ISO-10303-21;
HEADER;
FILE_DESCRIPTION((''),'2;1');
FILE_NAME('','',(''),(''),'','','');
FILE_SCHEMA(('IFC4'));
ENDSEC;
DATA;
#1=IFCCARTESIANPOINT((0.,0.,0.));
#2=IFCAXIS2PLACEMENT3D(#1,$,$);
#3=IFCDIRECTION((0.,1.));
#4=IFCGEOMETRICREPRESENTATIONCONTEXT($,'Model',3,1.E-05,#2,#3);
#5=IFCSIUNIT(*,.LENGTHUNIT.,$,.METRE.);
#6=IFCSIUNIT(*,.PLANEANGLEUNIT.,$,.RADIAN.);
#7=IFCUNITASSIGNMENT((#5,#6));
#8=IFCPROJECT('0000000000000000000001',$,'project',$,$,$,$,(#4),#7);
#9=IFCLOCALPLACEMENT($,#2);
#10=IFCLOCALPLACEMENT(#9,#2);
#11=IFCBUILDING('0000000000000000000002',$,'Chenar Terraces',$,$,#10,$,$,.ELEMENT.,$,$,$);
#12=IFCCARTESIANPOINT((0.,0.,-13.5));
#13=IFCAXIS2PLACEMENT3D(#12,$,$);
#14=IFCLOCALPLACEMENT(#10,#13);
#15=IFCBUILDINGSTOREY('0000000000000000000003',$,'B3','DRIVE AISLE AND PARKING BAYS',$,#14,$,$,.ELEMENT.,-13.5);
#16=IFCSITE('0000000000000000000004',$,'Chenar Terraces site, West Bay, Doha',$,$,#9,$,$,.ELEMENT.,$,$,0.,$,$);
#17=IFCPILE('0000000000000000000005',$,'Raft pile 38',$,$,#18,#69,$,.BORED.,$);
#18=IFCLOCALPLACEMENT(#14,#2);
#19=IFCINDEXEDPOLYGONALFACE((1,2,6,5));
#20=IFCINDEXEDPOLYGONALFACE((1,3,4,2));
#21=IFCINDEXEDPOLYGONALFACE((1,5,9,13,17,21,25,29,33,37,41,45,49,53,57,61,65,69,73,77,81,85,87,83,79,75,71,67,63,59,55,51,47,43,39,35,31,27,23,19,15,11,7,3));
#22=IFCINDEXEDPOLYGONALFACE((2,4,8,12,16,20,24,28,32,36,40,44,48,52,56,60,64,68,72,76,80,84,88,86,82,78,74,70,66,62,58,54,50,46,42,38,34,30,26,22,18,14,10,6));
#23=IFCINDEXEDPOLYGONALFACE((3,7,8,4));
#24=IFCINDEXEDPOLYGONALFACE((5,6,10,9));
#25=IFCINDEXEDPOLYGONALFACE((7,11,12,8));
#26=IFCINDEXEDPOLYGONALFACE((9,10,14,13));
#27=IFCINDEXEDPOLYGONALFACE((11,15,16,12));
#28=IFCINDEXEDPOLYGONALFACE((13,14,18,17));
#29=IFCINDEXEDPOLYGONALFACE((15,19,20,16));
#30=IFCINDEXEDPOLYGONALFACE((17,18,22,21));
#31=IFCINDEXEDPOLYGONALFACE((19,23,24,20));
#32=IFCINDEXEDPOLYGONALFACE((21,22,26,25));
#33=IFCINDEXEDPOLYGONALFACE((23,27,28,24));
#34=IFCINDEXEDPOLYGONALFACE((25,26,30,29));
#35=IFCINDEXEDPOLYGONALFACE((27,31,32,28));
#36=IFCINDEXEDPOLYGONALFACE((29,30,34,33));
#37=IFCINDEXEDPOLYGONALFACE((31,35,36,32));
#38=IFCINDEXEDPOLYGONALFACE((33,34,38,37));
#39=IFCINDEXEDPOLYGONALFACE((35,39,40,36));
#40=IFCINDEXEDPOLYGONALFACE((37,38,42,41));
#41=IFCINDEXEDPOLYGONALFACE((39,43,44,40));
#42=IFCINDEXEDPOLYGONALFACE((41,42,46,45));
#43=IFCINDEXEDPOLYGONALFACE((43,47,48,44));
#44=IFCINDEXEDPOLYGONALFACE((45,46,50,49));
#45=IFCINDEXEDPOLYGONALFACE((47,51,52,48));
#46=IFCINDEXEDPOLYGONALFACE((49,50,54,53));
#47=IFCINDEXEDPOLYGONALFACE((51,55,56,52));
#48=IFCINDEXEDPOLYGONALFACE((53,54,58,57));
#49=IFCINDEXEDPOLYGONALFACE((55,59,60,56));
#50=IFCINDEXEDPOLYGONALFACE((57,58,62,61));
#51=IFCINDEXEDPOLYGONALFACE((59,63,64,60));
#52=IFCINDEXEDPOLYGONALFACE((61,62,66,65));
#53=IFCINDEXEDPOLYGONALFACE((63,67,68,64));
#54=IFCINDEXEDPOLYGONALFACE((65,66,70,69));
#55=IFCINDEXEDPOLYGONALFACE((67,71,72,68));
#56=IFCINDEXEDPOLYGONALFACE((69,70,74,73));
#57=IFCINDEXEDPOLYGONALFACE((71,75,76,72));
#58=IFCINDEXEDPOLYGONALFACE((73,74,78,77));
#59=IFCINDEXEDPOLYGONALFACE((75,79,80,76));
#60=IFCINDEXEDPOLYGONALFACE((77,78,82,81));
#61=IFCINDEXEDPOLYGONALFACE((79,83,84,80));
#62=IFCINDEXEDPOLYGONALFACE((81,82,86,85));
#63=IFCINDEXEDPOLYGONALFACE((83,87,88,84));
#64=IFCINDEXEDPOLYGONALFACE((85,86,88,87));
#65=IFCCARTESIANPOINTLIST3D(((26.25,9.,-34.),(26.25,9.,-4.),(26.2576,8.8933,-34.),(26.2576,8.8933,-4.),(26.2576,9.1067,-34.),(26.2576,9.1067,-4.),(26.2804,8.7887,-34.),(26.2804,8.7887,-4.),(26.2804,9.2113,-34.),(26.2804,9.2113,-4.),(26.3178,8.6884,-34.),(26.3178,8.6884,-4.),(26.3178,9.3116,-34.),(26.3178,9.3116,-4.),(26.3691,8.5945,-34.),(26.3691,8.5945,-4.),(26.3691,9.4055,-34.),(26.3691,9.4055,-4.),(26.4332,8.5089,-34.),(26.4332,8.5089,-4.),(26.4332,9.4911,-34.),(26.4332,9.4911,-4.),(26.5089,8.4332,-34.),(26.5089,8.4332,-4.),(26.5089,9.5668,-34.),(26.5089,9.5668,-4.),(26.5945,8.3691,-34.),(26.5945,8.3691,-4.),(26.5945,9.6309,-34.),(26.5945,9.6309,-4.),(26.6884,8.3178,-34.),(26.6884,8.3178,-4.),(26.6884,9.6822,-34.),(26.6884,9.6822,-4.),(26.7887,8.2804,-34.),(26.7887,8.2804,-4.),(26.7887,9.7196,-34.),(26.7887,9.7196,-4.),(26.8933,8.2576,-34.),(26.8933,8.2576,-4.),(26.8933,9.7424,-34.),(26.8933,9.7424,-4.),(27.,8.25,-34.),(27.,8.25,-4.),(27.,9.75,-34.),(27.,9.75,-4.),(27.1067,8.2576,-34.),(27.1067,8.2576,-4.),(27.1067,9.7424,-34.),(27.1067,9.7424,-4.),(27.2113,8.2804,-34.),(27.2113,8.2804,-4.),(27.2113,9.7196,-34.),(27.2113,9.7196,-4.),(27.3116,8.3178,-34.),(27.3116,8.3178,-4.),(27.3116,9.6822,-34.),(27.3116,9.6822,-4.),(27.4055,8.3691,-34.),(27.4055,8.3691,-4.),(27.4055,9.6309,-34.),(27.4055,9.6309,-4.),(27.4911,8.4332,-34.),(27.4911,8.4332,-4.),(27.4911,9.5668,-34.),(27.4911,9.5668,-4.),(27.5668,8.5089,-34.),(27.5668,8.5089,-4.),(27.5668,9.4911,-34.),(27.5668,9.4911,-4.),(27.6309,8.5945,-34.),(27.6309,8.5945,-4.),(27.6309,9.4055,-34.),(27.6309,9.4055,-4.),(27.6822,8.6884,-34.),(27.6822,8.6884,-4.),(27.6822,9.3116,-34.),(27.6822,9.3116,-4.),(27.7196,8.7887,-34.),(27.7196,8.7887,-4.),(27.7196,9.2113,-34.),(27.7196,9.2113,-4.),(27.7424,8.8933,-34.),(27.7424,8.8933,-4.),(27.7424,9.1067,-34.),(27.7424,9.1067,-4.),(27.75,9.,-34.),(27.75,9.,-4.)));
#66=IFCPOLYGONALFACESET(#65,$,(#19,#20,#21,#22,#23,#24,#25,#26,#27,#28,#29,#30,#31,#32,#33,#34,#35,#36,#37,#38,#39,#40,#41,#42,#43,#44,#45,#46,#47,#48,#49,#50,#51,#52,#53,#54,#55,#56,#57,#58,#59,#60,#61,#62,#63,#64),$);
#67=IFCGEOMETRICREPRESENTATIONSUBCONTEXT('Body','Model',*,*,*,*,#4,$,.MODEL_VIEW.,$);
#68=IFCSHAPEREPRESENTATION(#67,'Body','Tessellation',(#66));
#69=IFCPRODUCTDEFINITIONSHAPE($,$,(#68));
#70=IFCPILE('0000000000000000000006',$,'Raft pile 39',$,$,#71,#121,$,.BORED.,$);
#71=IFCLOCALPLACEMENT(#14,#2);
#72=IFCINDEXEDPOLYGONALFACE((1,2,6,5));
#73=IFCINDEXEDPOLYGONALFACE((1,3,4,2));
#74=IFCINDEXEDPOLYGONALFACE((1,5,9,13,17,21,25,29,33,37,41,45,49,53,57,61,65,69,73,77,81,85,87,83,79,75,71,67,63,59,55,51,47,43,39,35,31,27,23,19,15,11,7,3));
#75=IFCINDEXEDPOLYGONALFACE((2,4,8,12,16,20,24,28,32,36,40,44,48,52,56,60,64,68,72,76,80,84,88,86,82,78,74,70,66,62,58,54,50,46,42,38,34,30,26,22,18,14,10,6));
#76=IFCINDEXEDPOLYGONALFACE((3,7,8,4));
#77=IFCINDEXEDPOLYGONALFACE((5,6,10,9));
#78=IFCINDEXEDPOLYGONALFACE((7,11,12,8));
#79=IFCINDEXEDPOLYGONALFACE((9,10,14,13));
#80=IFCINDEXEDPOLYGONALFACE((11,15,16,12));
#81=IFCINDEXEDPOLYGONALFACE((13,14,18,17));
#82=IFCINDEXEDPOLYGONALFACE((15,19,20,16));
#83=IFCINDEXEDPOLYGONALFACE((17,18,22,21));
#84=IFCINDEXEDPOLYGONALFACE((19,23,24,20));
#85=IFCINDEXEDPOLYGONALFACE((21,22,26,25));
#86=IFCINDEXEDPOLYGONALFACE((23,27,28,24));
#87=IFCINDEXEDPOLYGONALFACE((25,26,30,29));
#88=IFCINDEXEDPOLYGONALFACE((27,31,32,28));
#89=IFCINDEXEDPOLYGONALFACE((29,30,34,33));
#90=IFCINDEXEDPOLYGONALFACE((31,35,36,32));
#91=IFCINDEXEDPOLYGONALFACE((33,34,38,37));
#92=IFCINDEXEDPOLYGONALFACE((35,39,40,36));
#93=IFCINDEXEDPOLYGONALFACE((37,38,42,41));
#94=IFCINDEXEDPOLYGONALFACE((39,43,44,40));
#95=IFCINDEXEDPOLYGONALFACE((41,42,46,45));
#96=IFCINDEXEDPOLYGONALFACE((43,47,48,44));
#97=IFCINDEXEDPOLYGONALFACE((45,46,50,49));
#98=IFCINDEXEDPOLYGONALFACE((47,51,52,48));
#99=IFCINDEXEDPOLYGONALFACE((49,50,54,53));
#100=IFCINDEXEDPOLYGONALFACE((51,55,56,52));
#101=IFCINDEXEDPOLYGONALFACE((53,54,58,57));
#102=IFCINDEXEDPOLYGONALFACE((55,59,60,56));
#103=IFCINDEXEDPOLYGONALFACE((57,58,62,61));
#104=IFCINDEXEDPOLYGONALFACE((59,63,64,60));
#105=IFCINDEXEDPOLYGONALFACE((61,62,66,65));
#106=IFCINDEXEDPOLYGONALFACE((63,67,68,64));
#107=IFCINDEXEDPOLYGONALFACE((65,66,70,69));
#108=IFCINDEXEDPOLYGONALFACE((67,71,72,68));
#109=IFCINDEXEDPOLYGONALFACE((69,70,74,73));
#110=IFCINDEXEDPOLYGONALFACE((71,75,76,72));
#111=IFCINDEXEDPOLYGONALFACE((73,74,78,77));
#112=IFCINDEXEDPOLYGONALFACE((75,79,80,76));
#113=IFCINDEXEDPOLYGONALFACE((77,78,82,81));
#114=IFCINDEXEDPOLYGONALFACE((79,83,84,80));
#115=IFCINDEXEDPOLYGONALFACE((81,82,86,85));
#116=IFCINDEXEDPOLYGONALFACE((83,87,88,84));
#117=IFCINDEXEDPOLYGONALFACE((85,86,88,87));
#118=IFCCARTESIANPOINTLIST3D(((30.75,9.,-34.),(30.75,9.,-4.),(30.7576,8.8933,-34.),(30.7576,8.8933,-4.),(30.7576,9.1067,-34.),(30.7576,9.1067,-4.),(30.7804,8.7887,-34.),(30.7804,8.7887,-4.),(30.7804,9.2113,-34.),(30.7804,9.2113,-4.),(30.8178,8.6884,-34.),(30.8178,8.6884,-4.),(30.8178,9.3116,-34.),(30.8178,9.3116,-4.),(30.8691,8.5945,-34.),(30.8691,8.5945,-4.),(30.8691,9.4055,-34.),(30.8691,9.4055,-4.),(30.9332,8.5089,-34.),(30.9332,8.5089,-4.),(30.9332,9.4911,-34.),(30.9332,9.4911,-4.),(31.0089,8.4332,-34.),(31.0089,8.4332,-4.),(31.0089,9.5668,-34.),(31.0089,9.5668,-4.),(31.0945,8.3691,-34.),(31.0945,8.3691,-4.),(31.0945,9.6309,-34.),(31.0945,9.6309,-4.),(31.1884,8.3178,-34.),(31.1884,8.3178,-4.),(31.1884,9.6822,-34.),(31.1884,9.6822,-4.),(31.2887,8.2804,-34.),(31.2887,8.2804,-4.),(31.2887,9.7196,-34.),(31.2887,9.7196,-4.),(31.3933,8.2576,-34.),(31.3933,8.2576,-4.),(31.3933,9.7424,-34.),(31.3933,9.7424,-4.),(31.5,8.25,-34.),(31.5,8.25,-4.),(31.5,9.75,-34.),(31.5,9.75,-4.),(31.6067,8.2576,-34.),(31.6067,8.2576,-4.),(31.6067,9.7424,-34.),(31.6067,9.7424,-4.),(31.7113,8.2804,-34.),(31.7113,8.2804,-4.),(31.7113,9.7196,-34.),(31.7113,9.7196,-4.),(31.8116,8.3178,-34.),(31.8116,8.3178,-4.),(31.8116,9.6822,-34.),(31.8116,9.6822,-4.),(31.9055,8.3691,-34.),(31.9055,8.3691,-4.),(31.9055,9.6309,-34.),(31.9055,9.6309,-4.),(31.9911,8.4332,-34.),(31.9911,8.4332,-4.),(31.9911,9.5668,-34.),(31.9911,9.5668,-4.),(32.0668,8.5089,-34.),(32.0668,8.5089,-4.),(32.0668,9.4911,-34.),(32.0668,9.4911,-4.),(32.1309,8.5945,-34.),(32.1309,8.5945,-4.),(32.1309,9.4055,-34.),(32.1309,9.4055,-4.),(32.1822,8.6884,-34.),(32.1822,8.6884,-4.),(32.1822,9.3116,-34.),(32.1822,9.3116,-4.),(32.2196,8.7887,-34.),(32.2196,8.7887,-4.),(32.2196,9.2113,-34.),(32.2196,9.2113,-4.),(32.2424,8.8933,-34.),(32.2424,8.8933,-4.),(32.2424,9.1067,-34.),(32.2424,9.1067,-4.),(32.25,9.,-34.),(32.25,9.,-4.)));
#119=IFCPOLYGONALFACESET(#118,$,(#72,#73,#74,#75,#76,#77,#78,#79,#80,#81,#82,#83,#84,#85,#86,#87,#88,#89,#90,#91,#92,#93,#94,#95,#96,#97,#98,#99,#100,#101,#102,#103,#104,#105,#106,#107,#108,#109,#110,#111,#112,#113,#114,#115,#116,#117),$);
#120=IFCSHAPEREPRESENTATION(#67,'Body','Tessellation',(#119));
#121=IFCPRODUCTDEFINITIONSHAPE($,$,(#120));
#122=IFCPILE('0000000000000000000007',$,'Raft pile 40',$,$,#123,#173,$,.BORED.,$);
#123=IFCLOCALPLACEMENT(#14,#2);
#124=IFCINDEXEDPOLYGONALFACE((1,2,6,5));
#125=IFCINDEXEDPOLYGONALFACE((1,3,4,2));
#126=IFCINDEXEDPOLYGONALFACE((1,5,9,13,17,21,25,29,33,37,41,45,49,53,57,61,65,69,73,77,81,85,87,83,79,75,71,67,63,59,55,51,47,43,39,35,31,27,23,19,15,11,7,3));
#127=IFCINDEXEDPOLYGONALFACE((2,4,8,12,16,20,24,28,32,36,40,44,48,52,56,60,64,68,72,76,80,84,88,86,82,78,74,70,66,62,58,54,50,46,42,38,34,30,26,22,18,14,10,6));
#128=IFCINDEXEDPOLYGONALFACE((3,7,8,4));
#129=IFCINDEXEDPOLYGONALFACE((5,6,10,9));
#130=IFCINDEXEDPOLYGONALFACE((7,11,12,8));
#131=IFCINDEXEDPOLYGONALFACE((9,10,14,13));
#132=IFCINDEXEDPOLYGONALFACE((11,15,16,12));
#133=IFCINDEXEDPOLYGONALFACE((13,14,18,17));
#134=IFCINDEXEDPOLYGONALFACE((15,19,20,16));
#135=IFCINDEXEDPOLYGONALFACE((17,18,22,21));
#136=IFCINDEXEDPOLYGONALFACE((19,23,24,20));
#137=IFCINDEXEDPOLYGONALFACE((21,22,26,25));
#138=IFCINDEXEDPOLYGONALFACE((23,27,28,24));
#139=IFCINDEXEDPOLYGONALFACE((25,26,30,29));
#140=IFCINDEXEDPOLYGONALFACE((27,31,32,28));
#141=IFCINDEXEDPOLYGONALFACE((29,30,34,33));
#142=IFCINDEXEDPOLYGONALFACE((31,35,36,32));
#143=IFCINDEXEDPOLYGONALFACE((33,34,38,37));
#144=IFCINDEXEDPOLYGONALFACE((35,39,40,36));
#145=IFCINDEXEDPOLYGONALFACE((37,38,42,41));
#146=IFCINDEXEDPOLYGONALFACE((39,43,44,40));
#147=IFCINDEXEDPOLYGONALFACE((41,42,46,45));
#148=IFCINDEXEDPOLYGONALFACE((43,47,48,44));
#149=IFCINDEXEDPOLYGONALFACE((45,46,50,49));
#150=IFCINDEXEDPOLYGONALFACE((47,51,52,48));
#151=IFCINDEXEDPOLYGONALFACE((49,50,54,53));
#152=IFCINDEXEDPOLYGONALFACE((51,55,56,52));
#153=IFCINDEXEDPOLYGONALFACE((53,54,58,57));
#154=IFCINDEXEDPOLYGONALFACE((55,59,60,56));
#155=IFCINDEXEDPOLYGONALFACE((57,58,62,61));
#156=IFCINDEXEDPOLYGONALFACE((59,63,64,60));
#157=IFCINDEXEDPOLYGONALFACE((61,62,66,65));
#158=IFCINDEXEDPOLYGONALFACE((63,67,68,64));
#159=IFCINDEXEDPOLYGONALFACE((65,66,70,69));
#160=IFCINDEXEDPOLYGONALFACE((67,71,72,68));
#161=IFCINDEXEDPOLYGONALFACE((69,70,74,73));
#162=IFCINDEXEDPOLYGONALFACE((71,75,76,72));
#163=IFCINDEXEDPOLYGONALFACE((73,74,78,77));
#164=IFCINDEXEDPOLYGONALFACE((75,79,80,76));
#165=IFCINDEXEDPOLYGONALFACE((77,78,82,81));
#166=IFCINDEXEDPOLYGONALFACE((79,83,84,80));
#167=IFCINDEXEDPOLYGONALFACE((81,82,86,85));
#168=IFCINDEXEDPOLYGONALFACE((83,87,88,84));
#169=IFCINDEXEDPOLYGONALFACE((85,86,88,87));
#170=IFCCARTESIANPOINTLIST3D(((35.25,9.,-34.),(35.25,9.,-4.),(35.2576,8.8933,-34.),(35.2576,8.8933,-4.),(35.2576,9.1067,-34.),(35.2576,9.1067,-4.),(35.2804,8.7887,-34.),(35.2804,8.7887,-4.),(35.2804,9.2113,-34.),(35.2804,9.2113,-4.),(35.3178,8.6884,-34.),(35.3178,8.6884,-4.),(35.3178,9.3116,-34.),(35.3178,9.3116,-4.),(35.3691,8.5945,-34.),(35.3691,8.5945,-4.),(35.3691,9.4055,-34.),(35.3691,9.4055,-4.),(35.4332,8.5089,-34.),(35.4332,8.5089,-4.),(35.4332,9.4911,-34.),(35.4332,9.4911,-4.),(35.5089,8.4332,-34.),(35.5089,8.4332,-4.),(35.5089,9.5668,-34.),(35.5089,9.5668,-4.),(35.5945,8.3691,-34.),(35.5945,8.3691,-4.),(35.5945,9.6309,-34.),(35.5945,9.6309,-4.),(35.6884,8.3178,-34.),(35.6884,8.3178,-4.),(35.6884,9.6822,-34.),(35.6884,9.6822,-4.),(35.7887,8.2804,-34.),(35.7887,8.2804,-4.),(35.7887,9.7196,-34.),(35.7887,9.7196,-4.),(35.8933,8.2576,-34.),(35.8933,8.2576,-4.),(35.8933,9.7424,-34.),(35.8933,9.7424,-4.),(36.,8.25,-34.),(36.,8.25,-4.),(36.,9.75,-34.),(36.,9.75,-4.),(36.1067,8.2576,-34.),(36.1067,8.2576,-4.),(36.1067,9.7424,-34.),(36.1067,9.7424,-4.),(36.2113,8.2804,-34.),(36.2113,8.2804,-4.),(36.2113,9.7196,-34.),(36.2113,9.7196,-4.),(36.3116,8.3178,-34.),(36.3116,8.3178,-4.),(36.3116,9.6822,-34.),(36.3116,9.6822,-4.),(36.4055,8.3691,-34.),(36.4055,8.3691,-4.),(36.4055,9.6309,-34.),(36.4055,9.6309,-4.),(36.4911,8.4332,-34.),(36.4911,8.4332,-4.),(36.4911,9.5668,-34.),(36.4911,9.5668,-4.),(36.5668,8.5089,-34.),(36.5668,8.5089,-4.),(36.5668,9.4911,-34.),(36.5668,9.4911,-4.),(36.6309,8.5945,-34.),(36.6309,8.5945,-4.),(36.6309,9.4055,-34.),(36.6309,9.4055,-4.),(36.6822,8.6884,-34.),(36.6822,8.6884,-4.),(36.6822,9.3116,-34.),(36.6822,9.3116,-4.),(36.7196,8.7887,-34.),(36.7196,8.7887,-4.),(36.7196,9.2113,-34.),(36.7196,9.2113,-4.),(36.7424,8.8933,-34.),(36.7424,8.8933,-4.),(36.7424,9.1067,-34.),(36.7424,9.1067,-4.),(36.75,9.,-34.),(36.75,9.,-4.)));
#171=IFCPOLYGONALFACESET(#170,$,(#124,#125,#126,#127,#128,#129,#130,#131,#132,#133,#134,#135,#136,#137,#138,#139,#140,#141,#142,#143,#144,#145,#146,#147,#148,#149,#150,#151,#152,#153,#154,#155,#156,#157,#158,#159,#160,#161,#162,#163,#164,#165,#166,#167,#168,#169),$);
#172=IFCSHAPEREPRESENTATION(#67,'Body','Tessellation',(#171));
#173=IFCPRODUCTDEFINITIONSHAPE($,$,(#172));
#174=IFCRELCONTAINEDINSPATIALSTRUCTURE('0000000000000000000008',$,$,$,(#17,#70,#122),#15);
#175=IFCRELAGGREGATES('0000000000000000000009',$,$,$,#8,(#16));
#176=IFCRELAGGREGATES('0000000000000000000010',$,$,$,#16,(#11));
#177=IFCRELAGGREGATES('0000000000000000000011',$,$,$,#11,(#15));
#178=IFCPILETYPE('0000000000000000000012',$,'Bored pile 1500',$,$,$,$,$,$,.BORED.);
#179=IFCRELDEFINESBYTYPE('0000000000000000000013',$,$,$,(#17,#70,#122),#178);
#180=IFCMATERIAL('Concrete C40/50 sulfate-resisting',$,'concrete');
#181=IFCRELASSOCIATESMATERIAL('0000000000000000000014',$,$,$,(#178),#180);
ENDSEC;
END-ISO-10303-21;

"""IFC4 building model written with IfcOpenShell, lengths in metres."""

from ifc_helpers import new_model, si_unit, direction, frame, origin, origin_2d, place, context, subcontext, project, spatial, circle, extrude, material, material_profile, profile_set, type_object, element, save


model = new_model("IFC4")

# Units and contexts
model_context = context("Model", 3, precision=1e-05, world=origin(), true_north=direction((0.0, 1.0)))
body_context = subcontext(model_context, "Body", "Model", "MODEL_VIEW")
ifc_project = project(units=[si_unit("LENGTHUNIT", "METRE"), si_unit("PLANEANGLEUNIT", "RADIAN")], contexts=[model_context])

# Site, building, storey
site_placement = place(None, origin())
site = spatial("IfcSite", under=ifc_project, at=site_placement, Name="Chenar Terraces site, West Bay, Doha", CompositionType="ELEMENT", RefElevation=0.0)
building_placement = place(site_placement, origin())
building = spatial("IfcBuilding", under=site, at=building_placement, Name="Chenar Terraces", CompositionType="ELEMENT")
storey_placement = place(building_placement, frame((0.0, 0.0, -13.5)))
storey = spatial("IfcBuildingStorey", under=building, at=storey_placement, Name="B3", Description="DRIVE AISLE AND PARKING BAYS", CompositionType="ELEMENT", Elevation=-13.5)

# Piles
ifc_material_1 = material(Name="Concrete C40/50 sulfate-resisting", Category="concrete")
ifc_material_profile_1 = material_profile(ifc_material_1, circle(Radius=0.75, at=origin_2d()), Name="BP 1500")
ifc_profile_set_1 = profile_set([ifc_material_profile_1], Name="Concrete C40/50 sulfate-resisting")
pile_type = type_object("IfcPileType", Name="Bored pile 1500", PredefinedType="BORED", material=ifc_profile_set_1)
for number, where, z_axis, x_axis, name in (
    (1, (27.0, 9.0, -4.0), (0.0, 0.0, -1.0), (1.0, 0.0, 0.0), "Raft pile 38"),
    (2, (31.5, 9.0, -4.0), (0.0, 0.0, -1.0), (1.0, 0.0, 0.0), "Raft pile 39"),
    (3, (36.0, 9.0, -4.0), (0.0, 0.0, -1.0), (1.0, 0.0, 0.0), "Raft pile 40"),
):
    element("IfcPile", number, at=place(storey_placement, frame(where, z_axis=z_axis, x_axis=x_axis)), inside=storey, type_object=pile_type, Name=name, PredefinedType="BORED", context=body_context, shape_type="SweptSolid", body=[
        extrude(circle(Radius=0.75, at=origin_2d()), origin(), (0.0, 0.0, 1.0), 30.0),
    ])

save(model, "model.ifc")
